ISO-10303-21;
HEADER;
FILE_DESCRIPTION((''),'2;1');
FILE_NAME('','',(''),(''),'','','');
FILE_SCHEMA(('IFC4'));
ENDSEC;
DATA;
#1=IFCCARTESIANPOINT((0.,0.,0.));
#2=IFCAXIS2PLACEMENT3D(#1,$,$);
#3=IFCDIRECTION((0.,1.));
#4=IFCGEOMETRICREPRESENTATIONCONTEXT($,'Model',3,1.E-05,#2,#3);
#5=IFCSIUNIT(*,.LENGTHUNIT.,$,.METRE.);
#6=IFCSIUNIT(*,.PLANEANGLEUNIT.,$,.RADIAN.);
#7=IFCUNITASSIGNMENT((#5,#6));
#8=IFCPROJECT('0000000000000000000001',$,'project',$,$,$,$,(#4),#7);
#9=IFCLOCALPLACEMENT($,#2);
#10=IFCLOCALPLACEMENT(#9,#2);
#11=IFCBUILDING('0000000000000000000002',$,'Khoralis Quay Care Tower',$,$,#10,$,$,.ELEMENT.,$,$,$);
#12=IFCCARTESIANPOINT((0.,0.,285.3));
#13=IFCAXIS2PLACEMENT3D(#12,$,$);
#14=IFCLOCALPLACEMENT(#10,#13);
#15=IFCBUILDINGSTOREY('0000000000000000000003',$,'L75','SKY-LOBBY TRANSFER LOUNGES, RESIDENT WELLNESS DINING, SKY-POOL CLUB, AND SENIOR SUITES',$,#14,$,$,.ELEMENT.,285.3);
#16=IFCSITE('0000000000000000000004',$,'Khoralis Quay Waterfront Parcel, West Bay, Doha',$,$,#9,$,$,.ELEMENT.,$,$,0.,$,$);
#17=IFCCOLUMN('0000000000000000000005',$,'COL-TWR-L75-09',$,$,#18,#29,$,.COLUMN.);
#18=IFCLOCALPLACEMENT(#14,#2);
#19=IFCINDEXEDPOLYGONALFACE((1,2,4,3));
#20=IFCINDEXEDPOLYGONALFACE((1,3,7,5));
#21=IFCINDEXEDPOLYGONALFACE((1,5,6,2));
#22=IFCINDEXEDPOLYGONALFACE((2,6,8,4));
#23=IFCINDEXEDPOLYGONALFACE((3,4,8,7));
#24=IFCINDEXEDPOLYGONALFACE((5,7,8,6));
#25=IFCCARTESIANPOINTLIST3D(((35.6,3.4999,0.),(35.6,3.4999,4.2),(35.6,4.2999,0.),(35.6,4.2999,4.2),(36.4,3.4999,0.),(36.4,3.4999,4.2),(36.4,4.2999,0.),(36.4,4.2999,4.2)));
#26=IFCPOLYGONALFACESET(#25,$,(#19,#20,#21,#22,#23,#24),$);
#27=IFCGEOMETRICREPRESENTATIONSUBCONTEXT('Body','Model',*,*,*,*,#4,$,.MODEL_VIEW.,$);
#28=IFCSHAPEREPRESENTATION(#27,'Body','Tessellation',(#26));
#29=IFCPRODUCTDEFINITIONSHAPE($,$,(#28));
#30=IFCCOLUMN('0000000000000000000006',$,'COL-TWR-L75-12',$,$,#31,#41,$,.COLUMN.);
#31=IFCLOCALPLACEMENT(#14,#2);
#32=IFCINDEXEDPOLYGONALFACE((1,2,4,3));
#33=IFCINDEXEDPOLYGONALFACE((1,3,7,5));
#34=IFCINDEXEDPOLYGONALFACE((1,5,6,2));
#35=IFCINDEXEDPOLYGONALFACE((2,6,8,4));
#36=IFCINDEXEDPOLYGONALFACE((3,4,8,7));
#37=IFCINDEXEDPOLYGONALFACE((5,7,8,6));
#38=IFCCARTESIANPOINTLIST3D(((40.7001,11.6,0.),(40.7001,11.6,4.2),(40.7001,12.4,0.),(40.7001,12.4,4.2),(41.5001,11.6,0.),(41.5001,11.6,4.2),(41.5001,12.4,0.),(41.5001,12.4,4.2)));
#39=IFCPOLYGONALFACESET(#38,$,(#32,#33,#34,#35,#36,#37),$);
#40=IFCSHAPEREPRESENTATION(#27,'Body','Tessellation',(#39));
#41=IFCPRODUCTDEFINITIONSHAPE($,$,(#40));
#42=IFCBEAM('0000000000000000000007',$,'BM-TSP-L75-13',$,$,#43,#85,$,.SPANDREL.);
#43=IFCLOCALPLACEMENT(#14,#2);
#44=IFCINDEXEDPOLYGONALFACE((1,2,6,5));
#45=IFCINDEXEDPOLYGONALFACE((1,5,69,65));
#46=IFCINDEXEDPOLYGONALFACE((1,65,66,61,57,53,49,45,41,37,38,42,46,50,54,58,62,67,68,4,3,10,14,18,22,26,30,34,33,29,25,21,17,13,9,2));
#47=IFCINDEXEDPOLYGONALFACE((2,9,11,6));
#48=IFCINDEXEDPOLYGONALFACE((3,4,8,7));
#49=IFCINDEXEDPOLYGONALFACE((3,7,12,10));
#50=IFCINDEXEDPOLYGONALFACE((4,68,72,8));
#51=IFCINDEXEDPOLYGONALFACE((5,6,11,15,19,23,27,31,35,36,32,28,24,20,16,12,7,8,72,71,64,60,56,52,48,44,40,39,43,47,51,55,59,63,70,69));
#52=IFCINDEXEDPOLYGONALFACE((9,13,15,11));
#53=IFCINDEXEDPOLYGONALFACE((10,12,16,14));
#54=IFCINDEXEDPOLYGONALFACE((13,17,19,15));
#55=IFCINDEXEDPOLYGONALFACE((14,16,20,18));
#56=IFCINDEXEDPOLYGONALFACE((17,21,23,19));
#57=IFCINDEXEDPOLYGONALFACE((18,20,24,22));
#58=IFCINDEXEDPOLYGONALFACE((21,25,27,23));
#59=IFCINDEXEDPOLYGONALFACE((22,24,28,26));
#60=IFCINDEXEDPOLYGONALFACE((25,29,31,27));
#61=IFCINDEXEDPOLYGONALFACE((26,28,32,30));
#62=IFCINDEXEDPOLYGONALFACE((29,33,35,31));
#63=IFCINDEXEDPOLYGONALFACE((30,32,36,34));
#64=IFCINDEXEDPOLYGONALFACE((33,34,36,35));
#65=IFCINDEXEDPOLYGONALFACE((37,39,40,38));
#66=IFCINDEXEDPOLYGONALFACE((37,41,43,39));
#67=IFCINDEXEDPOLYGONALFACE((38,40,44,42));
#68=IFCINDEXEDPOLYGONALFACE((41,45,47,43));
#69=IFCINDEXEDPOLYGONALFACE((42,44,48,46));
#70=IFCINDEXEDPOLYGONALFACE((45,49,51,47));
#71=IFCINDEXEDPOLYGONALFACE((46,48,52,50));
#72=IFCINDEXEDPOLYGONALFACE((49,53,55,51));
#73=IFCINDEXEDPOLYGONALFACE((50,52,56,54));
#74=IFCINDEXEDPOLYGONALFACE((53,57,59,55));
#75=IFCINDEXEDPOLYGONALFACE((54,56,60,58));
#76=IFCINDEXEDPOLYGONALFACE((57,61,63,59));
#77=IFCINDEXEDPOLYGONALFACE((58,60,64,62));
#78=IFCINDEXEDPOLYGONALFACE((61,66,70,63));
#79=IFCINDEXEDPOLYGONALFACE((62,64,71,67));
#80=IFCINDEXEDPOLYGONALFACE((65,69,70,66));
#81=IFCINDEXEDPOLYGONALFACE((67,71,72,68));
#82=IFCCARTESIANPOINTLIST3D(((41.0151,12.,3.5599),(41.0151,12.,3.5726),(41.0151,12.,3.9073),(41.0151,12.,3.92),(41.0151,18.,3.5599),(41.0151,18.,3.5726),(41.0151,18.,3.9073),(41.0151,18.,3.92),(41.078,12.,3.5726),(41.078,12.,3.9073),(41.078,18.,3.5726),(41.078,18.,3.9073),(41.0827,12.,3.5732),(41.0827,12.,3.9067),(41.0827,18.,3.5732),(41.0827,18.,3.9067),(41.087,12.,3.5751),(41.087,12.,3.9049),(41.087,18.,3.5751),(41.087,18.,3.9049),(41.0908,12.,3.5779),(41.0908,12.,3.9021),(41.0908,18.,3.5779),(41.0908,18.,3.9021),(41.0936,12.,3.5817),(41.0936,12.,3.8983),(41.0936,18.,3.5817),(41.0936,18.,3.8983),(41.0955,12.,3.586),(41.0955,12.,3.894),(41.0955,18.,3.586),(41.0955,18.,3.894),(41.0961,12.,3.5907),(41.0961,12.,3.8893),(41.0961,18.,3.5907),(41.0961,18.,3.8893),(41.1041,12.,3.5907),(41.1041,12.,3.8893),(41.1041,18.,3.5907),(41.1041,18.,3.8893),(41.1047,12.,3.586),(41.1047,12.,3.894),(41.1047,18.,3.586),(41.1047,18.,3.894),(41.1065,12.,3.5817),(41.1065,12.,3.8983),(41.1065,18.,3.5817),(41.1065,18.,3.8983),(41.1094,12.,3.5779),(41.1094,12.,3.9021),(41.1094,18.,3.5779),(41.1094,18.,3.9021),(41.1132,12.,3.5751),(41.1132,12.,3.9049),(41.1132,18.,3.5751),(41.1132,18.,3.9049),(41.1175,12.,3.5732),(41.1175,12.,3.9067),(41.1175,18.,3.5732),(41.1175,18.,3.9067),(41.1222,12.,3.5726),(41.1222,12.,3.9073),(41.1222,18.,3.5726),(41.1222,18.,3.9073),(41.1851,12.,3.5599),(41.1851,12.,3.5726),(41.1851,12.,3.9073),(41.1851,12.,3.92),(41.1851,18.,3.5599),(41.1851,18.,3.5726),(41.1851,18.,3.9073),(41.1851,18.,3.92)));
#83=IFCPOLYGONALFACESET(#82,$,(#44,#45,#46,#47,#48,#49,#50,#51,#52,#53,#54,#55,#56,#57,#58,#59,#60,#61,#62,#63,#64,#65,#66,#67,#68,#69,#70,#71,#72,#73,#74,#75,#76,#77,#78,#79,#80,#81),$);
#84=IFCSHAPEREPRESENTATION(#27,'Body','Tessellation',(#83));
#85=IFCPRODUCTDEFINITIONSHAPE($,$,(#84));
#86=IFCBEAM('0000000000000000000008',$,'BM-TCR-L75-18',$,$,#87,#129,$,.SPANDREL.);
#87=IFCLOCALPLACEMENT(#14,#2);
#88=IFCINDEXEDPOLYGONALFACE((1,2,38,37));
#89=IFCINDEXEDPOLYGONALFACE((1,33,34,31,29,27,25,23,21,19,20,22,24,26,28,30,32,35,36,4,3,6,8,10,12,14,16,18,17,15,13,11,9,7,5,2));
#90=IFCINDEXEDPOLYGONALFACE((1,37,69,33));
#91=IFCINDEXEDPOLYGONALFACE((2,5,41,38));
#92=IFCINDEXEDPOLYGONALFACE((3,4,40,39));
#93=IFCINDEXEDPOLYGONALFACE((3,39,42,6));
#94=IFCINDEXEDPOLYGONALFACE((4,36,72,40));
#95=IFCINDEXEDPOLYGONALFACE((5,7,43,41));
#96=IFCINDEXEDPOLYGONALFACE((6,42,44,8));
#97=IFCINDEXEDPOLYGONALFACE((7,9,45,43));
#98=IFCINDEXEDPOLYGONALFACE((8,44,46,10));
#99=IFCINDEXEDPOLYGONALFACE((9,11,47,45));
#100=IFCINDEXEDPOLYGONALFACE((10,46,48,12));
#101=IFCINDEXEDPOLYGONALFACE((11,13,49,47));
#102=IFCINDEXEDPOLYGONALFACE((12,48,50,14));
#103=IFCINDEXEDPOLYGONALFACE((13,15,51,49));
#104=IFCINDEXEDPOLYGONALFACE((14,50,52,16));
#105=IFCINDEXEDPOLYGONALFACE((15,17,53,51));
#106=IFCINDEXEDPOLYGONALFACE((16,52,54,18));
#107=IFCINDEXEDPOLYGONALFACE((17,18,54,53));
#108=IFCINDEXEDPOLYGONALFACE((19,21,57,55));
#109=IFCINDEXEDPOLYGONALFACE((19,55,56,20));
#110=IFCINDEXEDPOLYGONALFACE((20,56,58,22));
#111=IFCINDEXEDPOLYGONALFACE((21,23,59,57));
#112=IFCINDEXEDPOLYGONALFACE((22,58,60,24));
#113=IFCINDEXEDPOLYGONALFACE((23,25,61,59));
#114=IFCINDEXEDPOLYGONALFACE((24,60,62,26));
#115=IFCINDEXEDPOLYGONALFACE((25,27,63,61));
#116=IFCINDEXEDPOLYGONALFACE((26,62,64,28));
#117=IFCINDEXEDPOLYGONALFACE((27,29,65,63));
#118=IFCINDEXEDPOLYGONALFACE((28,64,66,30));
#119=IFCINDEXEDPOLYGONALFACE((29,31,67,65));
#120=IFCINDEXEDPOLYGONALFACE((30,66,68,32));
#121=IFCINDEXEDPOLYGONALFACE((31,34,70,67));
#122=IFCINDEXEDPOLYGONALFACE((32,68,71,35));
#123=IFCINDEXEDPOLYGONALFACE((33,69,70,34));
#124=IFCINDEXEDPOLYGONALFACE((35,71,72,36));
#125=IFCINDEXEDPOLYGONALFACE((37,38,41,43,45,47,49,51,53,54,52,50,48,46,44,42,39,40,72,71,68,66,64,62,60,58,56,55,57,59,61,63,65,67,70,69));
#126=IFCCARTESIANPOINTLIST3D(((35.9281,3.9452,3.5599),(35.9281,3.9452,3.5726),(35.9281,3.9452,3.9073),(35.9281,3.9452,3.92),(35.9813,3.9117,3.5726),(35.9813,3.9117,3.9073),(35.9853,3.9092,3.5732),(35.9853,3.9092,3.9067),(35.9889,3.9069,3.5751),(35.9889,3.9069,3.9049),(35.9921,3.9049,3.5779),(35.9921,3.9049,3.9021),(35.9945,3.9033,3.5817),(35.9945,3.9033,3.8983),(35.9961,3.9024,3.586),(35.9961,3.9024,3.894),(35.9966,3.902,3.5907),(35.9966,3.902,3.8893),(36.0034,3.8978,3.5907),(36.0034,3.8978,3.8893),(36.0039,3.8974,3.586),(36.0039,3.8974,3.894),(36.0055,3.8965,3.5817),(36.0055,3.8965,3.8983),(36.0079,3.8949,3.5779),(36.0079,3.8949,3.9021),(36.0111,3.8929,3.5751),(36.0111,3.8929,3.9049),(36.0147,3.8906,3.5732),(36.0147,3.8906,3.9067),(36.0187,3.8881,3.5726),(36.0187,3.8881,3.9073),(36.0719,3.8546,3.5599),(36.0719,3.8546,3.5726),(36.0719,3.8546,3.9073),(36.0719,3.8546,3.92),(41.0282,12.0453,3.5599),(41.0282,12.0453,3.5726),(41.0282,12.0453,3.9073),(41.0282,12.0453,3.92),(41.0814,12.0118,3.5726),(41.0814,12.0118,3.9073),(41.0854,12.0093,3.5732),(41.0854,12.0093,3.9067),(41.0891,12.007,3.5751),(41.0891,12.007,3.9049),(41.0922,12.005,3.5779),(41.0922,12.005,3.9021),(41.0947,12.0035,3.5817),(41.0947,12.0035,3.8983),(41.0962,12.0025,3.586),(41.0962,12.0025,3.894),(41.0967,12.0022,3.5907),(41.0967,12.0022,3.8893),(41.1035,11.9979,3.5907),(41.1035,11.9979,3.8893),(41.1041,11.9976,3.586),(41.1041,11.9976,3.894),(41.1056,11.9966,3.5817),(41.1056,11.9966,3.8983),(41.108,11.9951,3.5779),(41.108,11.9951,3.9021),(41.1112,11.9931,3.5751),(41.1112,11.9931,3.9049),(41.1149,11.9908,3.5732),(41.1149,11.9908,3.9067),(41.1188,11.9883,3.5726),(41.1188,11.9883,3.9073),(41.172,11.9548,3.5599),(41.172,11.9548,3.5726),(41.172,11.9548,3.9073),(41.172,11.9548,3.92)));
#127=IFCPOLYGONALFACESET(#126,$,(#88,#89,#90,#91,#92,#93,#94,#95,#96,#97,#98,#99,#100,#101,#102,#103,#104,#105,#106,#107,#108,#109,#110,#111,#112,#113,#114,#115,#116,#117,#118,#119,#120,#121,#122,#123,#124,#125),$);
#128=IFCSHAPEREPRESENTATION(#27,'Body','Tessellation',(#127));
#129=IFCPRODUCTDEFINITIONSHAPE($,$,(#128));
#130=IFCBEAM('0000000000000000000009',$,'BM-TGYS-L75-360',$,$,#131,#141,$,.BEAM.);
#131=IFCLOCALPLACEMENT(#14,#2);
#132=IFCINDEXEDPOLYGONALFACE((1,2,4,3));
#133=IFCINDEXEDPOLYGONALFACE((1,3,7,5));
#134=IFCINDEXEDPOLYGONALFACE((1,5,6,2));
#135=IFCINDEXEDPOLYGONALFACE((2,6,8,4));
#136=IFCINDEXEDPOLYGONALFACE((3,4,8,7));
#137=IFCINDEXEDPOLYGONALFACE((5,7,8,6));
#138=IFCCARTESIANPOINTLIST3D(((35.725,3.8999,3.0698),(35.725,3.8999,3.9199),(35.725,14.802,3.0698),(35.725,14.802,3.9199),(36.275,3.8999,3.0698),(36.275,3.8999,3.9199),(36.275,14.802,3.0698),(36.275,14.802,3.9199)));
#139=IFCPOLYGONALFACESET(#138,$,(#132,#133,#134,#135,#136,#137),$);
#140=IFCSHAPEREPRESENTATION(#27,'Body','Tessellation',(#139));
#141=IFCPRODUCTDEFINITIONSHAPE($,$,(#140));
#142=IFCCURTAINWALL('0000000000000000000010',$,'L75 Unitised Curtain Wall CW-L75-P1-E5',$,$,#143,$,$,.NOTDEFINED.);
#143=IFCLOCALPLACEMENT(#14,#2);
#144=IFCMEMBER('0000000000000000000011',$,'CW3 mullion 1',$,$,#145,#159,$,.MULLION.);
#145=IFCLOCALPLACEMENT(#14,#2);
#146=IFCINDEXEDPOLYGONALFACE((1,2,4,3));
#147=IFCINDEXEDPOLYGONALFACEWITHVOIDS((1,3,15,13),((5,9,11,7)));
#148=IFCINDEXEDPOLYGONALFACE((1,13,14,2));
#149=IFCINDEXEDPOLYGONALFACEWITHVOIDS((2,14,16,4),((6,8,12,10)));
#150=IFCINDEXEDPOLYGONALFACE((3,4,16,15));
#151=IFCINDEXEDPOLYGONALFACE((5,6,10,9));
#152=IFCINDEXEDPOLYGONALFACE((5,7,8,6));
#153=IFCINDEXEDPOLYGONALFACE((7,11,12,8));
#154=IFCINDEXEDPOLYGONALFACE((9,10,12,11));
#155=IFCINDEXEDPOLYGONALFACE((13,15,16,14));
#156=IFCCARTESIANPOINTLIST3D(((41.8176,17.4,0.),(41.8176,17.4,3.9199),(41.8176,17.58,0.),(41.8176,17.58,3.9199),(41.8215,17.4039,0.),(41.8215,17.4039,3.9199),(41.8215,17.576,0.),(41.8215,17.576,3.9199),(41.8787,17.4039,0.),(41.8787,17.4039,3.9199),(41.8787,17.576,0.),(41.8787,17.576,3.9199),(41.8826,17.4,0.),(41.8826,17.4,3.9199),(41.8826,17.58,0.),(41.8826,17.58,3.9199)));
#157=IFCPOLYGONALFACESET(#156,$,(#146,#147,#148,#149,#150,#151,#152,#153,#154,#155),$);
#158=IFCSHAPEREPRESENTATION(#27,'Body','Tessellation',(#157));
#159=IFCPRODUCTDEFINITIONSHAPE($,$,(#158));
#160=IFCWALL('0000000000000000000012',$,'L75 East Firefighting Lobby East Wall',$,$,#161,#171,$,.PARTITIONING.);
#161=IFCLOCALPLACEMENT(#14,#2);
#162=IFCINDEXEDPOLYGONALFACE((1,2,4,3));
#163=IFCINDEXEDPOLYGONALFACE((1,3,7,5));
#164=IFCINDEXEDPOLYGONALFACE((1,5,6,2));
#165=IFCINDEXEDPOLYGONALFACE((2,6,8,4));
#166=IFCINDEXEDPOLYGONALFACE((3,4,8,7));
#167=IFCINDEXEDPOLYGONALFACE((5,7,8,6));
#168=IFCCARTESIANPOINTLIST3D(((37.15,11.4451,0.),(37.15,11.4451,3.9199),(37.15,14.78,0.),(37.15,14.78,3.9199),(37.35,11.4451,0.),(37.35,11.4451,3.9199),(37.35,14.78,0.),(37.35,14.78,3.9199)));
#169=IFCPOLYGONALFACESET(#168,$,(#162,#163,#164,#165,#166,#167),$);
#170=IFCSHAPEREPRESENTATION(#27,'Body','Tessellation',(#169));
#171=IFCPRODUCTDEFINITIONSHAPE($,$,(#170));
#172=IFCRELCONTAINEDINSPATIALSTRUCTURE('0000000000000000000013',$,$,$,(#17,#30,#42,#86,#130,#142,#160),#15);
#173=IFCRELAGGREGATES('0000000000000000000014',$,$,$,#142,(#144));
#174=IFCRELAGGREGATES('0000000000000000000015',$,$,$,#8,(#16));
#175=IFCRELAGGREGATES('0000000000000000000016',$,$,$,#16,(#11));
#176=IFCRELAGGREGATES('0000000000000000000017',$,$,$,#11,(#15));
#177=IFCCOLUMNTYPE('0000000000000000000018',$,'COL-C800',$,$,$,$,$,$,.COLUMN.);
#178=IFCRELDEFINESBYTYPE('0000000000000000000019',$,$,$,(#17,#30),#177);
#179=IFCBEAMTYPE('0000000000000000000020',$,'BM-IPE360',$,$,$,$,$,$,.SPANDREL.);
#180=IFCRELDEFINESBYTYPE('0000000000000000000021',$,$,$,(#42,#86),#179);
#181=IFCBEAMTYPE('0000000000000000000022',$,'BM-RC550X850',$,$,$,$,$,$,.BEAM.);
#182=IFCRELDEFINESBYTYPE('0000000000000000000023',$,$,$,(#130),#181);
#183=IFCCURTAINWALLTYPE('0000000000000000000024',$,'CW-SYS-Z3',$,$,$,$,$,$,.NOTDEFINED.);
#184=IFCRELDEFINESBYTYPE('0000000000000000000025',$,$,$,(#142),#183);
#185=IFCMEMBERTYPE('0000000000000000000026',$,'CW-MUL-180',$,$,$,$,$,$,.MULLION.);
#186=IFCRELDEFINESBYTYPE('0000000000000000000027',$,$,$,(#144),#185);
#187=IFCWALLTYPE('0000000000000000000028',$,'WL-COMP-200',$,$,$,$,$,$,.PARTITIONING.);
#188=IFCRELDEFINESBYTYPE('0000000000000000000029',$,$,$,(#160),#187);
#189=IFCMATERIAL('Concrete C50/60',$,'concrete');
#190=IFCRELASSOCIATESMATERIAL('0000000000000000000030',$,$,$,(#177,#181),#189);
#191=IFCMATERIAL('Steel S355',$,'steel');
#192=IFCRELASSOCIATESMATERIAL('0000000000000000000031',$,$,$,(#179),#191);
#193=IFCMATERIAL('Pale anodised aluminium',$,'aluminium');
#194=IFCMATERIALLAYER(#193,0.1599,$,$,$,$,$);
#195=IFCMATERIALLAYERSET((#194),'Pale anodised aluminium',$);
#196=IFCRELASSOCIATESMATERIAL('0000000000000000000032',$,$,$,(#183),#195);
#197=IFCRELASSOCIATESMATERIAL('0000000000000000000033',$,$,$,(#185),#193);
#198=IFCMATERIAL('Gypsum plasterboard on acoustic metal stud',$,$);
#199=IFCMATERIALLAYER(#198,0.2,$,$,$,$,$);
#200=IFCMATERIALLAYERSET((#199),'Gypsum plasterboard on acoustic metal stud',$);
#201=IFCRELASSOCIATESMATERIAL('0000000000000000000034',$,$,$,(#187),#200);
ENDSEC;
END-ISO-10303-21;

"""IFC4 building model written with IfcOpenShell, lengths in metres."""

from ifc_helpers import new_model, si_unit, direction, frame, frame_2d, origin, origin_2d, place, context, subcontext, project, spatial, rectangle, hollow_rectangle, i_section, extrude, source, transform, mapped, material, layer, layer_set, material_profile, profile_set, type_object, element, aggregate, save


model = new_model("IFC4")

# Units and contexts
model_context = context("Model", 3, precision=1e-05, world=origin(), true_north=direction((0.0, 1.0)))
body_context = subcontext(model_context, "Body", "Model", "MODEL_VIEW")
ifc_project = project(units=[si_unit("LENGTHUNIT", "METRE"), si_unit("PLANEANGLEUNIT", "RADIAN")], contexts=[model_context])

# Site, building, storey
site_placement = place(None, origin())
site = spatial("IfcSite", under=ifc_project, at=site_placement, Name="Khoralis Quay Waterfront Parcel, West Bay, Doha", CompositionType="ELEMENT", RefElevation=0.0)
building_placement = place(site_placement, origin())
building = spatial("IfcBuilding", under=site, at=building_placement, Name="Khoralis Quay Care Tower", CompositionType="ELEMENT")
storey_placement = place(building_placement, frame((0.0, 0.0, 285.3)))
storey = spatial("IfcBuildingStorey", under=building, at=storey_placement, Name="L75", Description="SKY-LOBBY TRANSFER LOUNGES, RESIDENT WELLNESS DINING, SKY-POOL CLUB, AND SENIOR SUITES", CompositionType="ELEMENT", Elevation=285.3)

# Columns
ifc_material_1 = material(Name="Concrete C50/60", Category="concrete")
ifc_material_profile_1 = material_profile(ifc_material_1, rectangle(XDim=0.8, YDim=0.8, at=origin_2d()), Name="Concrete C50/60")
ifc_profile_set_1 = profile_set([ifc_material_profile_1], Name="Concrete C50/60")
column_type = type_object("IfcColumnType", Name="COL-C800", PredefinedType="COLUMN", material=ifc_profile_set_1)
shared_shape_1 = source(origin(), body_context, "Body", "SweptSolid", [
    extrude(rectangle(XDim=0.8, YDim=0.8, at=origin_2d()), origin(), (0.0, 0.0, 1.0), 4.2),
])
for number, where, z_axis, x_axis, name in (
    (1, (36.0, 3.8999, 0.0), (0.0, 0.0, 1.0), (1.0, 0.0, 0.0), "COL-TWR-L75-09"),
    (2, (41.1001, 12.0, 0.0), (0.0, 0.0, 1.0), (1.0, 0.0, 0.0), "COL-TWR-L75-12"),
):
    element("IfcColumn", number, at=place(storey_placement, frame(where, z_axis=z_axis, x_axis=x_axis)), inside=storey, type_object=column_type, Name=name, PredefinedType="COLUMN", context=body_context, shape_type="MappedRepresentation", body=[
        mapped(shared_shape_1, transform((0.0, 0.0, 0.0), scale=1.0)),
    ])

# Beams
ifc_material_2 = material(Name="Steel S355", Category="steel")
ifc_material_profile_2 = material_profile(ifc_material_2, i_section(OverallWidth=0.1699, OverallDepth=0.3601, WebThickness=0.0081, FlangeThickness=0.0127, FilletRadius=0.0181, at=origin_2d()), Name="Steel S355")
ifc_profile_set_2 = profile_set([ifc_material_profile_2], Name="Steel S355")
beam_type_1 = type_object("IfcBeamType", Name="BM-IPE360", PredefinedType="SPANDREL", material=ifc_profile_set_2)
shared_shape_2 = source(origin(), body_context, "Body", "SweptSolid", [
    extrude(i_section(OverallWidth=0.1699, OverallDepth=0.3601, WebThickness=0.0081, FlangeThickness=0.0127, FilletRadius=0.0181, at=origin_2d()), origin(), (0.0, 0.0, 1.0), 6.0),
])
beam_1_placement = place(storey_placement, frame((41.1001, 12.0, 3.74), z_axis=(0.0, 1.0, 0.0), x_axis=(-1.0, 0.0, 0.0)))
element("IfcBeam", 3, at=beam_1_placement, inside=storey, type_object=beam_type_1, Name="BM-TSP-L75-13", PredefinedType="SPANDREL", context=body_context, shape_type="MappedRepresentation", body=[
    mapped(shared_shape_2, transform((0.0, 0.0, 0.0), scale=1.0)),
])
shared_shape_3 = source(origin(), body_context, "Body", "SweptSolid", [
    extrude(i_section(OverallWidth=0.1699, OverallDepth=0.3601, WebThickness=0.0081, FlangeThickness=0.0127, FilletRadius=0.0181, at=origin_2d()), origin(), (0.0, 0.0, 1.0), 9.572),
])
beam_2_placement = place(storey_placement, frame((36.0, 3.8999, 3.74), z_axis=(0.532816, 0.846231, 0.0), x_axis=(-0.846231, 0.532816, 0.0)))
element("IfcBeam", 4, at=beam_2_placement, inside=storey, type_object=beam_type_1, Name="BM-TCR-L75-18", PredefinedType="SPANDREL", context=body_context, shape_type="MappedRepresentation", body=[
    mapped(shared_shape_3, transform((0.0, 0.0, 0.0), scale=1.0)),
])
ifc_material_profile_3 = material_profile(ifc_material_1, rectangle(XDim=0.55, YDim=0.8501, at=origin_2d()), Name="Concrete C50/60")
ifc_profile_set_3 = profile_set([ifc_material_profile_3], Name="Concrete C50/60")
beam_type_2 = type_object("IfcBeamType", Name="BM-RC550X850", PredefinedType="BEAM", material=ifc_profile_set_3)
shared_shape_4 = source(origin(), body_context, "Body", "SweptSolid", [
    extrude(rectangle(XDim=0.55, YDim=0.8501, at=origin_2d()), origin(), (0.0, 0.0, 1.0), 10.9021),
])
beam_3_placement = place(storey_placement, frame((36.0, 3.8999, 3.4949), z_axis=(0.0, 1.0, 0.0), x_axis=(-1.0, 0.0, 0.0)))
element("IfcBeam", 5, at=beam_3_placement, inside=storey, type_object=beam_type_2, Name="BM-TGYS-L75-360", PredefinedType="BEAM", context=body_context, shape_type="MappedRepresentation", body=[
    mapped(shared_shape_4, transform((0.0, 0.0, 0.0), scale=1.0)),
])

# Curtain wall, member
ifc_material_3 = material(Name="Pale anodised aluminium", Category="aluminium")
ifc_layer_1 = layer(ifc_material_3, 0.1599)
ifc_layer_set_1 = layer_set([ifc_layer_1], Name="Pale anodised aluminium")
curtain_wall_type = type_object("IfcCurtainWallType", Name="CW-SYS-Z3", PredefinedType="NOTDEFINED", material=ifc_layer_set_1)
curtain_wall_placement = place(storey_placement, origin())
curtain_wall = element("IfcCurtainWall", 6, at=curtain_wall_placement, inside=storey, type_object=curtain_wall_type, Name="L75 Unitised Curtain Wall CW-L75-P1-E5", PredefinedType="NOTDEFINED")
ifc_material_profile_4 = material_profile(ifc_material_3, hollow_rectangle(XDim=0.0649, YDim=0.1799, WallThickness=0.0039, at=origin_2d()), Name="Pale anodised aluminium")
ifc_profile_set_4 = profile_set([ifc_material_profile_4], Name="Pale anodised aluminium")
member_type = type_object("IfcMemberType", Name="CW-MUL-180", PredefinedType="MULLION", material=ifc_profile_set_4)
shared_shape_5 = source(origin(), body_context, "Body", "SweptSolid", [
    extrude(hollow_rectangle(XDim=0.0649, YDim=0.1799, WallThickness=0.0039, at=origin_2d()), origin(), (0.0, 0.0, 1.0), 3.9199),
])
member_placement = place(storey_placement, frame((41.8501, 17.49, 0.0), z_axis=(0.0, 0.0, 1.0), x_axis=(-1.0, 0.0, 0.0)))
member = element("IfcMember", 7, at=member_placement, type_object=member_type, Name="CW3 mullion 1", PredefinedType="MULLION", context=body_context, shape_type="MappedRepresentation", body=[
    mapped(shared_shape_5, transform((0.0, 0.0, 0.0), scale=1.0)),
])
aggregate(curtain_wall, [member])

# Wall
ifc_material_4 = material(Name="Gypsum plasterboard on acoustic metal stud")
ifc_layer_2 = layer(ifc_material_4, 0.2)
ifc_layer_set_2 = layer_set([ifc_layer_2], Name="Gypsum plasterboard on acoustic metal stud")
wall_type_1 = type_object("IfcWallType", Name="WL-COMP-200", PredefinedType="PARTITIONING", material=ifc_layer_set_2)
wall_1_placement = place(storey_placement, frame((37.25, 11.4451, 0.0), z_axis=(0.0, 0.0, 1.0), x_axis=(0.0, 1.0, 0.0)))
element("IfcWall", 8, at=wall_1_placement, inside=storey, type_object=wall_type_1, Name="L75 East Firefighting Lobby East Wall", PredefinedType="PARTITIONING", context=body_context, shape_type="SweptSolid", body=[
    extrude(rectangle(XDim=3.335, YDim=0.2, at=frame_2d((1.6675, 0.0))), origin(), (0.0, 0.0, 1.0), 3.9199),
])

save(model, "model.ifc")
